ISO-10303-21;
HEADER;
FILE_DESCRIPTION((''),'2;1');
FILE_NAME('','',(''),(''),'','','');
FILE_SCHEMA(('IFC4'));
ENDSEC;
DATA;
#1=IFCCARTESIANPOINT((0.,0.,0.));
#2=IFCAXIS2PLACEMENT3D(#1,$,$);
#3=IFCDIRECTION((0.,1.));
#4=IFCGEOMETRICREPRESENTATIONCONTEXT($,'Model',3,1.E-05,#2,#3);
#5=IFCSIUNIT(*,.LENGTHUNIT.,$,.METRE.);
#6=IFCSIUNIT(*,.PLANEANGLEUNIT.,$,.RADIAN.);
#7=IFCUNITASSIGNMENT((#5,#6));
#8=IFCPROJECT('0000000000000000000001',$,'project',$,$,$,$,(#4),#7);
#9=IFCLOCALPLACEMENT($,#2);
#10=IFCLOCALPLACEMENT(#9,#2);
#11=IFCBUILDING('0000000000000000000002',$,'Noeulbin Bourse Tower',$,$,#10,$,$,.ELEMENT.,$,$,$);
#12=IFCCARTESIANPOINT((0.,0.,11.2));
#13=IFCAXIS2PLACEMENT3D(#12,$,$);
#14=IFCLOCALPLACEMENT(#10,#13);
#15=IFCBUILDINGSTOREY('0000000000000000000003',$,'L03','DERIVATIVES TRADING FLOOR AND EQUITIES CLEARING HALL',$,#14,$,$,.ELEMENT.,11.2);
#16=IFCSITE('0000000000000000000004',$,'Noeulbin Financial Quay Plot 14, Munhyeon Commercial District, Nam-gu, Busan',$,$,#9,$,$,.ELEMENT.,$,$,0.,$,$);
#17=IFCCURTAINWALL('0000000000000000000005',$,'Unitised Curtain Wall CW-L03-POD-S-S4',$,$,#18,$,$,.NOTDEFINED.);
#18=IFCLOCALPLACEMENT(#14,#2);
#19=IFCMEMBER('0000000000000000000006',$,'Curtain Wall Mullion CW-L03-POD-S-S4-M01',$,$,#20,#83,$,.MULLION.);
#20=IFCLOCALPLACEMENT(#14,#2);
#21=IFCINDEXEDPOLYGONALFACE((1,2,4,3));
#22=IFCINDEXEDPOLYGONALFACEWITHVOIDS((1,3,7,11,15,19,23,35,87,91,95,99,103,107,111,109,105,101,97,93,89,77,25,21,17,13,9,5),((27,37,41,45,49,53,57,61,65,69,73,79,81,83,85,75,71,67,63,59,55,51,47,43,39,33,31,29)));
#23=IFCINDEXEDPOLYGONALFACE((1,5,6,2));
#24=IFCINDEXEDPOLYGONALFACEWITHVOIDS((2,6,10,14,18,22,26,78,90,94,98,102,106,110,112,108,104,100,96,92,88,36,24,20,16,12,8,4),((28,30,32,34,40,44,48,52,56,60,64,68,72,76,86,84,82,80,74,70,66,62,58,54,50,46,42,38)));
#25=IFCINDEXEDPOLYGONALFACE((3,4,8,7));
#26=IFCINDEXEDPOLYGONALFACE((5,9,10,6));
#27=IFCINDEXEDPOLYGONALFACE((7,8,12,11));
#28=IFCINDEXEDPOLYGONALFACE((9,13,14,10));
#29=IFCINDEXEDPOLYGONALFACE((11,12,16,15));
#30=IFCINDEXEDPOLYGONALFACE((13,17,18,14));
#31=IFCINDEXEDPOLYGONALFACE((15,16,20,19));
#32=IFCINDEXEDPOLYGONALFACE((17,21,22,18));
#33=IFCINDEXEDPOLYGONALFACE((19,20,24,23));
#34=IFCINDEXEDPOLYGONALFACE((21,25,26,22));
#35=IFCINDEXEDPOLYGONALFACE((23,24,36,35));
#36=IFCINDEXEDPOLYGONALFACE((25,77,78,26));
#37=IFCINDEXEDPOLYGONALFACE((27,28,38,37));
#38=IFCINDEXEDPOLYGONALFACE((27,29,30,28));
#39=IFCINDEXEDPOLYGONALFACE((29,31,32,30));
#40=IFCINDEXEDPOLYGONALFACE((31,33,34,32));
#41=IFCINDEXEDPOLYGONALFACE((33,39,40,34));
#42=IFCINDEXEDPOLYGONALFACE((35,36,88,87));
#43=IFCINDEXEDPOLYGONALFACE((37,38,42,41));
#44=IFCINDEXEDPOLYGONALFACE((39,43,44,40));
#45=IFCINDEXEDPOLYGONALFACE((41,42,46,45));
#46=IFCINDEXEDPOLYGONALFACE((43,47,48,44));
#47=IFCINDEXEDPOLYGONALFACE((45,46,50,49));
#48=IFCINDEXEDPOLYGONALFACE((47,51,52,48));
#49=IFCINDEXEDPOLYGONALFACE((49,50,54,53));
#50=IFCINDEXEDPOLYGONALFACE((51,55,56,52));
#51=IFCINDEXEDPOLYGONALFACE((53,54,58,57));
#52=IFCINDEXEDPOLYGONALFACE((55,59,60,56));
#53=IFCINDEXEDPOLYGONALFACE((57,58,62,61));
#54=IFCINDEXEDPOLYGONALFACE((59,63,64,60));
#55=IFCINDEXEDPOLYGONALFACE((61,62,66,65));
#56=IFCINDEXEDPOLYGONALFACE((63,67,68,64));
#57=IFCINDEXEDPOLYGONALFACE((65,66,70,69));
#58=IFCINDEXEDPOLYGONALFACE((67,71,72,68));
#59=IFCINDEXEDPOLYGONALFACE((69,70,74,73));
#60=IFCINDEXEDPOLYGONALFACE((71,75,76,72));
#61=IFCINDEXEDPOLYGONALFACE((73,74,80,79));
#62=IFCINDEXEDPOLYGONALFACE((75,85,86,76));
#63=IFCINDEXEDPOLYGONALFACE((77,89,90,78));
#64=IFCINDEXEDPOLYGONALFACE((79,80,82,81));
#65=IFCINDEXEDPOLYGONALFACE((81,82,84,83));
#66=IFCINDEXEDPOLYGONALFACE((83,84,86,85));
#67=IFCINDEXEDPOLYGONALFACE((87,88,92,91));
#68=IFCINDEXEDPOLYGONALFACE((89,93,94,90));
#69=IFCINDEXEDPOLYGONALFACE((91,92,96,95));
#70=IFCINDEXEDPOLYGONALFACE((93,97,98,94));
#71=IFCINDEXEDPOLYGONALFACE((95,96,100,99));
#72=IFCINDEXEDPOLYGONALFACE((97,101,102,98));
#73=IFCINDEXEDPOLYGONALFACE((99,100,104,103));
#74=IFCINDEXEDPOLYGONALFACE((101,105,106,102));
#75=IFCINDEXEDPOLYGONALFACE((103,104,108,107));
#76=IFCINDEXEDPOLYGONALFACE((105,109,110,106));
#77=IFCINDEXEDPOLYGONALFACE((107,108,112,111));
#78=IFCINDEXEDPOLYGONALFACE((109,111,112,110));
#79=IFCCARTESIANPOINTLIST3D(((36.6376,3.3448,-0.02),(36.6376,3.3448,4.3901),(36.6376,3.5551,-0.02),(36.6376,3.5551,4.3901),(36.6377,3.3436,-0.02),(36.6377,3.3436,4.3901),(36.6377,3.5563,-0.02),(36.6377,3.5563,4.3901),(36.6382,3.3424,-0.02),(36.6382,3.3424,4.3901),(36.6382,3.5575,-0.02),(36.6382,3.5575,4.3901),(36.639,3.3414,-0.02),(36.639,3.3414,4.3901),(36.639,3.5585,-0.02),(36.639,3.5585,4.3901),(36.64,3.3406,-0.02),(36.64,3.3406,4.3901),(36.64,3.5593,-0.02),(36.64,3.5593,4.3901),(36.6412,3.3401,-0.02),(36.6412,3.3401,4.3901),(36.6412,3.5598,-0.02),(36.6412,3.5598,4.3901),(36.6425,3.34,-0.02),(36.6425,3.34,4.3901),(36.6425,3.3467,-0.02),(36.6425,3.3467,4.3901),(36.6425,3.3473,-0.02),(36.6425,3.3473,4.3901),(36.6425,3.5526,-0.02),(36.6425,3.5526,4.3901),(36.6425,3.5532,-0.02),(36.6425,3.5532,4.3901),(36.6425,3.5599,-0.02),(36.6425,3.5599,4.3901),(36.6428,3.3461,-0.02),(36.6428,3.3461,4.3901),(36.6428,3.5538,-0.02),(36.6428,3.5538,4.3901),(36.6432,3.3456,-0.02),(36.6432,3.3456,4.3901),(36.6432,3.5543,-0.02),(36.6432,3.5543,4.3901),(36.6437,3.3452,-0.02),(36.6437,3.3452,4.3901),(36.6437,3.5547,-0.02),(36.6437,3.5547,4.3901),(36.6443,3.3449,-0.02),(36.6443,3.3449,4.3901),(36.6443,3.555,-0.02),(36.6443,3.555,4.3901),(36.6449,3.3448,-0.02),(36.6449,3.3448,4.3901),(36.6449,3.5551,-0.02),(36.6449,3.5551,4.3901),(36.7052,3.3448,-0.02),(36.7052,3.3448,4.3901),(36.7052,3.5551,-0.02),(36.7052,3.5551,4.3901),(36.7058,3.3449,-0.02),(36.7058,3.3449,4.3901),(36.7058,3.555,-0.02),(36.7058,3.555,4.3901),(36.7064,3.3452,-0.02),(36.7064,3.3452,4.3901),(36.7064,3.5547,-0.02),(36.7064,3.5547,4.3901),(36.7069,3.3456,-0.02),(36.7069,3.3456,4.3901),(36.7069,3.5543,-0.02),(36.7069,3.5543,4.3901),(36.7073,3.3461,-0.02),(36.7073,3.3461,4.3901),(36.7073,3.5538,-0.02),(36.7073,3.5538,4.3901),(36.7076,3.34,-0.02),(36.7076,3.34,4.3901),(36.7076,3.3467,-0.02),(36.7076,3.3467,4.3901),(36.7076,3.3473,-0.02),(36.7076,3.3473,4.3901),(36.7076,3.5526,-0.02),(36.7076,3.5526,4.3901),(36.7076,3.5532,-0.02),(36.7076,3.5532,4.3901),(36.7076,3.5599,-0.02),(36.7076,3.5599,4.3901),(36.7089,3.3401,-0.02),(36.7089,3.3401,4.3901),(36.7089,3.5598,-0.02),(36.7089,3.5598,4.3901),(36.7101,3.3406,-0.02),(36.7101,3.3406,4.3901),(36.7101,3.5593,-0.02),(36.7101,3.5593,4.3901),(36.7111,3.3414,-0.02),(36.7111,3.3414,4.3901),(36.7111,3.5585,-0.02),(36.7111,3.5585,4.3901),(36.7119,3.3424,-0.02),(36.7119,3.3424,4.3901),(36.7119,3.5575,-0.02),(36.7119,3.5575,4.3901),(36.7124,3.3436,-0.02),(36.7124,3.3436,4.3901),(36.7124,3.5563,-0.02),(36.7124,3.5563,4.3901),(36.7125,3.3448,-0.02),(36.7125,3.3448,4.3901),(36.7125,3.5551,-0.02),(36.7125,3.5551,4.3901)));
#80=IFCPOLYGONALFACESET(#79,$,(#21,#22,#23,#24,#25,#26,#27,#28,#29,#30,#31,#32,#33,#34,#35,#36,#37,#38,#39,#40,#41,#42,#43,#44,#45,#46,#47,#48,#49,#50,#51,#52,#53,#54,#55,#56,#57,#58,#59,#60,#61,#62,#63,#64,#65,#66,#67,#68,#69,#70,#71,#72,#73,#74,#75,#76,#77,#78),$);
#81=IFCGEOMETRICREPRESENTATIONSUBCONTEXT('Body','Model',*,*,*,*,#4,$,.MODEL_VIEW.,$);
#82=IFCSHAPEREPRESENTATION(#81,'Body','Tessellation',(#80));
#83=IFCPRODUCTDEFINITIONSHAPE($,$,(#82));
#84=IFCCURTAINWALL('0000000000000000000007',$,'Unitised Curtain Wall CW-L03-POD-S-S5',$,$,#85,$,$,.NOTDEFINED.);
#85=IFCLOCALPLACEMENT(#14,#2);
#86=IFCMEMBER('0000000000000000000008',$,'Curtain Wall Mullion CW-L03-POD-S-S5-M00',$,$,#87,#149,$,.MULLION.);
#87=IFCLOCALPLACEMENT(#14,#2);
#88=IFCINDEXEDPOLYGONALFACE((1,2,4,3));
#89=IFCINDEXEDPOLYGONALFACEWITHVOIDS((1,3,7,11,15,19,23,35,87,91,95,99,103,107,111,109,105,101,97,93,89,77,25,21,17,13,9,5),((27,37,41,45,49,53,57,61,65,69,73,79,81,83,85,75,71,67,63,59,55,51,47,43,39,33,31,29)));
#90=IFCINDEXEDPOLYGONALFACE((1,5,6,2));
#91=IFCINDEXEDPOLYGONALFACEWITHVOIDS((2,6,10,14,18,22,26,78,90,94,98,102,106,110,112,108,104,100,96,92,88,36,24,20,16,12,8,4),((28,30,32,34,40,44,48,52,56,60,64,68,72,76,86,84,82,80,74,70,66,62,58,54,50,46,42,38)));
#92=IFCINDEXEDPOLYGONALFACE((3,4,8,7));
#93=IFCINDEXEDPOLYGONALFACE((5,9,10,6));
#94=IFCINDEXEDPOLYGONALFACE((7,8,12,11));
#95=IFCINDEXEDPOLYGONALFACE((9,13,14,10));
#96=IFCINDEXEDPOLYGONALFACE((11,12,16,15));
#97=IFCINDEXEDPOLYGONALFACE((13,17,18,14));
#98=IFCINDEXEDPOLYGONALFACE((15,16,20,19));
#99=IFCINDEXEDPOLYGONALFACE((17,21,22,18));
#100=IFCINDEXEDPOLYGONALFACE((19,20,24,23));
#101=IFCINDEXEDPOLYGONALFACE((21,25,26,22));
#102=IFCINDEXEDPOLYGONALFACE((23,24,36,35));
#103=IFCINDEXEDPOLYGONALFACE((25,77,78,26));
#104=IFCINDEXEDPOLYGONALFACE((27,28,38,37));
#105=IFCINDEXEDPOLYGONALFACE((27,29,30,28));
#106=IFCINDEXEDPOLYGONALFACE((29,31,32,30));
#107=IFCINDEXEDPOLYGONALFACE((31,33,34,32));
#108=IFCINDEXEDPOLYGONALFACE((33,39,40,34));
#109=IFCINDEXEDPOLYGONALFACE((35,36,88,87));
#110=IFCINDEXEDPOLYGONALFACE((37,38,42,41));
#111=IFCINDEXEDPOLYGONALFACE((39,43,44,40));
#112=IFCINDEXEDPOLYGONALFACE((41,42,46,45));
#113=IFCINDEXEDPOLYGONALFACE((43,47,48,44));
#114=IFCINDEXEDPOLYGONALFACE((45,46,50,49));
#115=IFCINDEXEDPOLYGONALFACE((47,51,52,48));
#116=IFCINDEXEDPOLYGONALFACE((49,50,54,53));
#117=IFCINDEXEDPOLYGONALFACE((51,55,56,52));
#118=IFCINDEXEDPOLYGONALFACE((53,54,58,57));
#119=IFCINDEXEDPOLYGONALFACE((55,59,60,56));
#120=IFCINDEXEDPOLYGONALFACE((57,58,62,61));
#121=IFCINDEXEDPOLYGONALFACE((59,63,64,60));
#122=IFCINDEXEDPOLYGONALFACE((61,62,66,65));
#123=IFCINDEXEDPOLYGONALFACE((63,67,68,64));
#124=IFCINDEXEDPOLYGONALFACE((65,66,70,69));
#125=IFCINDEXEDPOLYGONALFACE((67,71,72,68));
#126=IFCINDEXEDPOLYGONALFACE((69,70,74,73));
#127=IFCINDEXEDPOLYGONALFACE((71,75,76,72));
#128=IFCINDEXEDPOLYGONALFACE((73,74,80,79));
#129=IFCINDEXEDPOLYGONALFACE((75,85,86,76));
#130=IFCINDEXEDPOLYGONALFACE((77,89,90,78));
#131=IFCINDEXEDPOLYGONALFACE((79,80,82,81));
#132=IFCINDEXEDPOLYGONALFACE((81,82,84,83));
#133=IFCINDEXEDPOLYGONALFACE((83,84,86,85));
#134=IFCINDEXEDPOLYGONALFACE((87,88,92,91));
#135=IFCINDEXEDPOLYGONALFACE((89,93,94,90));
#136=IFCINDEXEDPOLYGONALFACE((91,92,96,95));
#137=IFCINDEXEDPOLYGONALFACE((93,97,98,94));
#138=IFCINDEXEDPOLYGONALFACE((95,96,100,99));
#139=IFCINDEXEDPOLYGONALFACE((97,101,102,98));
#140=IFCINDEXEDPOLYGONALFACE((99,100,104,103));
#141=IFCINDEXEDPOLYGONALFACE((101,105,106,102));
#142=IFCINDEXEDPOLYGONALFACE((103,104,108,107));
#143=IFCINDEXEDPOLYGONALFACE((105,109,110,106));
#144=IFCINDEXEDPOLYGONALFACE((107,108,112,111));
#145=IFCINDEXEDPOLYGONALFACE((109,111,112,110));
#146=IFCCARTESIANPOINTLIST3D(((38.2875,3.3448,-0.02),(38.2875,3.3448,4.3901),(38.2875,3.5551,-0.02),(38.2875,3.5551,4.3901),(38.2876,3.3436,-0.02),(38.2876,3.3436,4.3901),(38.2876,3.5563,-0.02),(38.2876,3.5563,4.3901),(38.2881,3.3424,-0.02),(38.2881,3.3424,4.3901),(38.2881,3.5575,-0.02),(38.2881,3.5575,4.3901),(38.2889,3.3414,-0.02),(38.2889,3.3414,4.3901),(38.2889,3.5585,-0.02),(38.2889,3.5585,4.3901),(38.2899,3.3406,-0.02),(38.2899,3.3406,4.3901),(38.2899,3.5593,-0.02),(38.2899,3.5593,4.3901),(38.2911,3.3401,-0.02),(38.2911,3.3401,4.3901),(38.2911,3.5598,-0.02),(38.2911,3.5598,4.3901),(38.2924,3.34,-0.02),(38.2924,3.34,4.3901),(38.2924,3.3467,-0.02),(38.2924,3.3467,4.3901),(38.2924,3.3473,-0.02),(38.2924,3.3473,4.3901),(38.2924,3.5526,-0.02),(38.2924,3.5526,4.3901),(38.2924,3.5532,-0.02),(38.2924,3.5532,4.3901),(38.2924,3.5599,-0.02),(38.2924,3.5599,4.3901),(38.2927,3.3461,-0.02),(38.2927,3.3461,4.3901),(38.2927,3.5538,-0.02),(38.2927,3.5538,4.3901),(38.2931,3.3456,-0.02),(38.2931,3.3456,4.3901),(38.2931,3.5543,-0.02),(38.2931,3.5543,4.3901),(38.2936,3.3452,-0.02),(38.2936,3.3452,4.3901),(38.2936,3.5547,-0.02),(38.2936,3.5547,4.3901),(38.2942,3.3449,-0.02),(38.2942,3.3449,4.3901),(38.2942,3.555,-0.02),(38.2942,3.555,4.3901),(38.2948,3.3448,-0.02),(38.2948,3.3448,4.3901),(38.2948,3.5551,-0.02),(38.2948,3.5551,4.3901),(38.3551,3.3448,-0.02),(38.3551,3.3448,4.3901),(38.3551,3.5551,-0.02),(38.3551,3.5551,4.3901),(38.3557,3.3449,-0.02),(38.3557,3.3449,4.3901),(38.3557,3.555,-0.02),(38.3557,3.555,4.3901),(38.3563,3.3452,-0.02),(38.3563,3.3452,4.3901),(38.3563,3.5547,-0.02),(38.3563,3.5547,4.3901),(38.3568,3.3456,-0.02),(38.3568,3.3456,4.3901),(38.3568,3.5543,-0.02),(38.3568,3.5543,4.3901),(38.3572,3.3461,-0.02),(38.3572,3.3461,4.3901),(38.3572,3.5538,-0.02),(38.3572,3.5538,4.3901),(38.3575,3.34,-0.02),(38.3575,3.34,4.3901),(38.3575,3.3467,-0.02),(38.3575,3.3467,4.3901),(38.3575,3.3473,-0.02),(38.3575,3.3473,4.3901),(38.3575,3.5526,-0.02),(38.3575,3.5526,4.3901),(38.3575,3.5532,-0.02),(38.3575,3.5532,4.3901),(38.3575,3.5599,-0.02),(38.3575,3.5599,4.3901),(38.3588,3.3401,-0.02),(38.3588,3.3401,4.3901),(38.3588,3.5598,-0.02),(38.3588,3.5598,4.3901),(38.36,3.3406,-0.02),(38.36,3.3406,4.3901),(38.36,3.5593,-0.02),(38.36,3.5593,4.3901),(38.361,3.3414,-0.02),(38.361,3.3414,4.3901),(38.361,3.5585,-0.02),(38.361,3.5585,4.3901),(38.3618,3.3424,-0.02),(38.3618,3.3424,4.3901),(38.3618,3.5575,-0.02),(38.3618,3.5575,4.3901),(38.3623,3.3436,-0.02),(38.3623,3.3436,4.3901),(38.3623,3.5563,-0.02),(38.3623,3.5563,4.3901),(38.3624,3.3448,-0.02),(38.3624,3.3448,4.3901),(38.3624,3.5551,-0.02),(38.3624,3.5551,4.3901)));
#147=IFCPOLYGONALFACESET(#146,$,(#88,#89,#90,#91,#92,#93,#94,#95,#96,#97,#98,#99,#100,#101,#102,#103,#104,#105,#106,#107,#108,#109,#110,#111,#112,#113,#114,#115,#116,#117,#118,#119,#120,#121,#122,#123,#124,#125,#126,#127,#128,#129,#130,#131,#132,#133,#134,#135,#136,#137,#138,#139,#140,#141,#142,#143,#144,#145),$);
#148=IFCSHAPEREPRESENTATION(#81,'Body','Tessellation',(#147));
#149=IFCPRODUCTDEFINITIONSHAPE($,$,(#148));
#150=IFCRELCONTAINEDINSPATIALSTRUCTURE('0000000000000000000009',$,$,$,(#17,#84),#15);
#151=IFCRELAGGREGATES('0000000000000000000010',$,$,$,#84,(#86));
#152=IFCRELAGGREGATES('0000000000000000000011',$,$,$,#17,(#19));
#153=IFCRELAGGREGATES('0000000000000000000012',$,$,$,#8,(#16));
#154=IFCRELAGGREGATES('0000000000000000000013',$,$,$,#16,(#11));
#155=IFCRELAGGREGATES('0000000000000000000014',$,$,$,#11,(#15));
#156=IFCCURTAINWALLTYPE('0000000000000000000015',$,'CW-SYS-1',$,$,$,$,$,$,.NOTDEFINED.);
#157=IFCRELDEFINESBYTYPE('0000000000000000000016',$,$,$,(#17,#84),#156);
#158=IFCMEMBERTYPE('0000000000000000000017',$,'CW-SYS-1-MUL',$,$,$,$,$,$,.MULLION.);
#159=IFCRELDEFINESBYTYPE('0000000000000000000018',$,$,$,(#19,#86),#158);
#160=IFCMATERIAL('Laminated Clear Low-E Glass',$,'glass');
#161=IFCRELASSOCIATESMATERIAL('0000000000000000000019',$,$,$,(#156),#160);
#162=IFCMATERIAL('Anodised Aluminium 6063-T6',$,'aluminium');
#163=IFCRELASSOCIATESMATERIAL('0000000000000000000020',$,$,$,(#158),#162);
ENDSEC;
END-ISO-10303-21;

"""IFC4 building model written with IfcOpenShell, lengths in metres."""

from ifc_helpers import new_model, si_unit, direction, frame, origin, origin_2d, place, context, subcontext, project, spatial, hollow_rectangle, extrude, material, material_profile, profile_set, type_object, element, aggregate, save


model = new_model("IFC4")

# Units and contexts
model_context = context("Model", 3, precision=1e-05, world=origin(), true_north=direction((0.0, 1.0)))
body_context = subcontext(model_context, "Body", "Model", "MODEL_VIEW")
ifc_project = project(units=[si_unit("LENGTHUNIT", "METRE"), si_unit("PLANEANGLEUNIT", "RADIAN")], contexts=[model_context])

# Site, building, storey
site_placement = place(None, origin())
site = spatial("IfcSite", under=ifc_project, at=site_placement, Name="Noeulbin Financial Quay Plot 14, Munhyeon Commercial District, Nam-gu, Busan", CompositionType="ELEMENT", RefElevation=0.0)
building_placement = place(site_placement, origin())
building = spatial("IfcBuilding", under=site, at=building_placement, Name="Noeulbin Bourse Tower", CompositionType="ELEMENT")
storey_placement = place(building_placement, frame((0.0, 0.0, 11.2)))
storey = spatial("IfcBuildingStorey", under=building, at=storey_placement, Name="L03", Description="DERIVATIVES TRADING FLOOR AND EQUITIES CLEARING HALL", CompositionType="ELEMENT", Elevation=11.2)

# Shared definitions
ifc_material_1 = material(Name="Laminated Clear Low-E Glass", Category="glass")
curtain_wall_type = type_object("IfcCurtainWallType", Name="CW-SYS-1", PredefinedType="NOTDEFINED", material=ifc_material_1)
ifc_material_2 = material(Name="Anodised Aluminium 6063-T6", Category="aluminium")
ifc_material_profile_1 = material_profile(ifc_material_2, hollow_rectangle(XDim=0.075, YDim=0.22, WallThickness=0.0049, InnerFilletRadius=0.0024, OuterFilletRadius=0.0049, at=origin_2d()), Name="ALU-MULL-75x220x5", Category="LoadBearing")
ifc_profile_set_1 = profile_set([ifc_material_profile_1], Name="Anodised Aluminium 6063-T6")
member_type_1 = type_object("IfcMemberType", Name="CW-SYS-1-MUL", PredefinedType="MULLION", material=ifc_profile_set_1)

# Curtain wall, member
curtain_wall_1_placement = place(storey_placement, origin())
curtain_wall_1 = element("IfcCurtainWall", 1, at=curtain_wall_1_placement, inside=storey, type_object=curtain_wall_type, Name="Unitised Curtain Wall CW-L03-POD-S-S4", PredefinedType="NOTDEFINED")
member_1_placement = place(storey_placement, frame((36.675, 3.45, -0.02), z_axis=(0.0, 0.0, 1.0), x_axis=(1.0, 0.0, 0.0)))
member_1 = element("IfcMember", 2, at=member_1_placement, type_object=member_type_1, Name="Curtain Wall Mullion CW-L03-POD-S-S4-M01", PredefinedType="MULLION", context=body_context, shape_type="SweptSolid", body=[
    extrude(hollow_rectangle(XDim=0.075, YDim=0.22, WallThickness=0.0049, InnerFilletRadius=0.0024, OuterFilletRadius=0.0049, at=origin_2d()), origin(), (0.0, 0.0, 1.0), 4.4102),
])

# Curtain wall, member
curtain_wall_2_placement = place(storey_placement, origin())
curtain_wall_2 = element("IfcCurtainWall", 3, at=curtain_wall_2_placement, inside=storey, type_object=curtain_wall_type, Name="Unitised Curtain Wall CW-L03-POD-S-S5", PredefinedType="NOTDEFINED")
member_2_placement = place(storey_placement, frame((38.325, 3.45, -0.02), z_axis=(0.0, 0.0, 1.0), x_axis=(1.0, 0.0, 0.0)))
member_2 = element("IfcMember", 4, at=member_2_placement, type_object=member_type_1, Name="Curtain Wall Mullion CW-L03-POD-S-S5-M00", PredefinedType="MULLION", context=body_context, shape_type="SweptSolid", body=[
    extrude(hollow_rectangle(XDim=0.075, YDim=0.22, WallThickness=0.0049, InnerFilletRadius=0.0024, OuterFilletRadius=0.0049, at=origin_2d()), origin(), (0.0, 0.0, 1.0), 4.4102),
])

aggregate(curtain_wall_2, [member_2])

aggregate(curtain_wall_1, [member_1])

save(model, "model.ifc")
